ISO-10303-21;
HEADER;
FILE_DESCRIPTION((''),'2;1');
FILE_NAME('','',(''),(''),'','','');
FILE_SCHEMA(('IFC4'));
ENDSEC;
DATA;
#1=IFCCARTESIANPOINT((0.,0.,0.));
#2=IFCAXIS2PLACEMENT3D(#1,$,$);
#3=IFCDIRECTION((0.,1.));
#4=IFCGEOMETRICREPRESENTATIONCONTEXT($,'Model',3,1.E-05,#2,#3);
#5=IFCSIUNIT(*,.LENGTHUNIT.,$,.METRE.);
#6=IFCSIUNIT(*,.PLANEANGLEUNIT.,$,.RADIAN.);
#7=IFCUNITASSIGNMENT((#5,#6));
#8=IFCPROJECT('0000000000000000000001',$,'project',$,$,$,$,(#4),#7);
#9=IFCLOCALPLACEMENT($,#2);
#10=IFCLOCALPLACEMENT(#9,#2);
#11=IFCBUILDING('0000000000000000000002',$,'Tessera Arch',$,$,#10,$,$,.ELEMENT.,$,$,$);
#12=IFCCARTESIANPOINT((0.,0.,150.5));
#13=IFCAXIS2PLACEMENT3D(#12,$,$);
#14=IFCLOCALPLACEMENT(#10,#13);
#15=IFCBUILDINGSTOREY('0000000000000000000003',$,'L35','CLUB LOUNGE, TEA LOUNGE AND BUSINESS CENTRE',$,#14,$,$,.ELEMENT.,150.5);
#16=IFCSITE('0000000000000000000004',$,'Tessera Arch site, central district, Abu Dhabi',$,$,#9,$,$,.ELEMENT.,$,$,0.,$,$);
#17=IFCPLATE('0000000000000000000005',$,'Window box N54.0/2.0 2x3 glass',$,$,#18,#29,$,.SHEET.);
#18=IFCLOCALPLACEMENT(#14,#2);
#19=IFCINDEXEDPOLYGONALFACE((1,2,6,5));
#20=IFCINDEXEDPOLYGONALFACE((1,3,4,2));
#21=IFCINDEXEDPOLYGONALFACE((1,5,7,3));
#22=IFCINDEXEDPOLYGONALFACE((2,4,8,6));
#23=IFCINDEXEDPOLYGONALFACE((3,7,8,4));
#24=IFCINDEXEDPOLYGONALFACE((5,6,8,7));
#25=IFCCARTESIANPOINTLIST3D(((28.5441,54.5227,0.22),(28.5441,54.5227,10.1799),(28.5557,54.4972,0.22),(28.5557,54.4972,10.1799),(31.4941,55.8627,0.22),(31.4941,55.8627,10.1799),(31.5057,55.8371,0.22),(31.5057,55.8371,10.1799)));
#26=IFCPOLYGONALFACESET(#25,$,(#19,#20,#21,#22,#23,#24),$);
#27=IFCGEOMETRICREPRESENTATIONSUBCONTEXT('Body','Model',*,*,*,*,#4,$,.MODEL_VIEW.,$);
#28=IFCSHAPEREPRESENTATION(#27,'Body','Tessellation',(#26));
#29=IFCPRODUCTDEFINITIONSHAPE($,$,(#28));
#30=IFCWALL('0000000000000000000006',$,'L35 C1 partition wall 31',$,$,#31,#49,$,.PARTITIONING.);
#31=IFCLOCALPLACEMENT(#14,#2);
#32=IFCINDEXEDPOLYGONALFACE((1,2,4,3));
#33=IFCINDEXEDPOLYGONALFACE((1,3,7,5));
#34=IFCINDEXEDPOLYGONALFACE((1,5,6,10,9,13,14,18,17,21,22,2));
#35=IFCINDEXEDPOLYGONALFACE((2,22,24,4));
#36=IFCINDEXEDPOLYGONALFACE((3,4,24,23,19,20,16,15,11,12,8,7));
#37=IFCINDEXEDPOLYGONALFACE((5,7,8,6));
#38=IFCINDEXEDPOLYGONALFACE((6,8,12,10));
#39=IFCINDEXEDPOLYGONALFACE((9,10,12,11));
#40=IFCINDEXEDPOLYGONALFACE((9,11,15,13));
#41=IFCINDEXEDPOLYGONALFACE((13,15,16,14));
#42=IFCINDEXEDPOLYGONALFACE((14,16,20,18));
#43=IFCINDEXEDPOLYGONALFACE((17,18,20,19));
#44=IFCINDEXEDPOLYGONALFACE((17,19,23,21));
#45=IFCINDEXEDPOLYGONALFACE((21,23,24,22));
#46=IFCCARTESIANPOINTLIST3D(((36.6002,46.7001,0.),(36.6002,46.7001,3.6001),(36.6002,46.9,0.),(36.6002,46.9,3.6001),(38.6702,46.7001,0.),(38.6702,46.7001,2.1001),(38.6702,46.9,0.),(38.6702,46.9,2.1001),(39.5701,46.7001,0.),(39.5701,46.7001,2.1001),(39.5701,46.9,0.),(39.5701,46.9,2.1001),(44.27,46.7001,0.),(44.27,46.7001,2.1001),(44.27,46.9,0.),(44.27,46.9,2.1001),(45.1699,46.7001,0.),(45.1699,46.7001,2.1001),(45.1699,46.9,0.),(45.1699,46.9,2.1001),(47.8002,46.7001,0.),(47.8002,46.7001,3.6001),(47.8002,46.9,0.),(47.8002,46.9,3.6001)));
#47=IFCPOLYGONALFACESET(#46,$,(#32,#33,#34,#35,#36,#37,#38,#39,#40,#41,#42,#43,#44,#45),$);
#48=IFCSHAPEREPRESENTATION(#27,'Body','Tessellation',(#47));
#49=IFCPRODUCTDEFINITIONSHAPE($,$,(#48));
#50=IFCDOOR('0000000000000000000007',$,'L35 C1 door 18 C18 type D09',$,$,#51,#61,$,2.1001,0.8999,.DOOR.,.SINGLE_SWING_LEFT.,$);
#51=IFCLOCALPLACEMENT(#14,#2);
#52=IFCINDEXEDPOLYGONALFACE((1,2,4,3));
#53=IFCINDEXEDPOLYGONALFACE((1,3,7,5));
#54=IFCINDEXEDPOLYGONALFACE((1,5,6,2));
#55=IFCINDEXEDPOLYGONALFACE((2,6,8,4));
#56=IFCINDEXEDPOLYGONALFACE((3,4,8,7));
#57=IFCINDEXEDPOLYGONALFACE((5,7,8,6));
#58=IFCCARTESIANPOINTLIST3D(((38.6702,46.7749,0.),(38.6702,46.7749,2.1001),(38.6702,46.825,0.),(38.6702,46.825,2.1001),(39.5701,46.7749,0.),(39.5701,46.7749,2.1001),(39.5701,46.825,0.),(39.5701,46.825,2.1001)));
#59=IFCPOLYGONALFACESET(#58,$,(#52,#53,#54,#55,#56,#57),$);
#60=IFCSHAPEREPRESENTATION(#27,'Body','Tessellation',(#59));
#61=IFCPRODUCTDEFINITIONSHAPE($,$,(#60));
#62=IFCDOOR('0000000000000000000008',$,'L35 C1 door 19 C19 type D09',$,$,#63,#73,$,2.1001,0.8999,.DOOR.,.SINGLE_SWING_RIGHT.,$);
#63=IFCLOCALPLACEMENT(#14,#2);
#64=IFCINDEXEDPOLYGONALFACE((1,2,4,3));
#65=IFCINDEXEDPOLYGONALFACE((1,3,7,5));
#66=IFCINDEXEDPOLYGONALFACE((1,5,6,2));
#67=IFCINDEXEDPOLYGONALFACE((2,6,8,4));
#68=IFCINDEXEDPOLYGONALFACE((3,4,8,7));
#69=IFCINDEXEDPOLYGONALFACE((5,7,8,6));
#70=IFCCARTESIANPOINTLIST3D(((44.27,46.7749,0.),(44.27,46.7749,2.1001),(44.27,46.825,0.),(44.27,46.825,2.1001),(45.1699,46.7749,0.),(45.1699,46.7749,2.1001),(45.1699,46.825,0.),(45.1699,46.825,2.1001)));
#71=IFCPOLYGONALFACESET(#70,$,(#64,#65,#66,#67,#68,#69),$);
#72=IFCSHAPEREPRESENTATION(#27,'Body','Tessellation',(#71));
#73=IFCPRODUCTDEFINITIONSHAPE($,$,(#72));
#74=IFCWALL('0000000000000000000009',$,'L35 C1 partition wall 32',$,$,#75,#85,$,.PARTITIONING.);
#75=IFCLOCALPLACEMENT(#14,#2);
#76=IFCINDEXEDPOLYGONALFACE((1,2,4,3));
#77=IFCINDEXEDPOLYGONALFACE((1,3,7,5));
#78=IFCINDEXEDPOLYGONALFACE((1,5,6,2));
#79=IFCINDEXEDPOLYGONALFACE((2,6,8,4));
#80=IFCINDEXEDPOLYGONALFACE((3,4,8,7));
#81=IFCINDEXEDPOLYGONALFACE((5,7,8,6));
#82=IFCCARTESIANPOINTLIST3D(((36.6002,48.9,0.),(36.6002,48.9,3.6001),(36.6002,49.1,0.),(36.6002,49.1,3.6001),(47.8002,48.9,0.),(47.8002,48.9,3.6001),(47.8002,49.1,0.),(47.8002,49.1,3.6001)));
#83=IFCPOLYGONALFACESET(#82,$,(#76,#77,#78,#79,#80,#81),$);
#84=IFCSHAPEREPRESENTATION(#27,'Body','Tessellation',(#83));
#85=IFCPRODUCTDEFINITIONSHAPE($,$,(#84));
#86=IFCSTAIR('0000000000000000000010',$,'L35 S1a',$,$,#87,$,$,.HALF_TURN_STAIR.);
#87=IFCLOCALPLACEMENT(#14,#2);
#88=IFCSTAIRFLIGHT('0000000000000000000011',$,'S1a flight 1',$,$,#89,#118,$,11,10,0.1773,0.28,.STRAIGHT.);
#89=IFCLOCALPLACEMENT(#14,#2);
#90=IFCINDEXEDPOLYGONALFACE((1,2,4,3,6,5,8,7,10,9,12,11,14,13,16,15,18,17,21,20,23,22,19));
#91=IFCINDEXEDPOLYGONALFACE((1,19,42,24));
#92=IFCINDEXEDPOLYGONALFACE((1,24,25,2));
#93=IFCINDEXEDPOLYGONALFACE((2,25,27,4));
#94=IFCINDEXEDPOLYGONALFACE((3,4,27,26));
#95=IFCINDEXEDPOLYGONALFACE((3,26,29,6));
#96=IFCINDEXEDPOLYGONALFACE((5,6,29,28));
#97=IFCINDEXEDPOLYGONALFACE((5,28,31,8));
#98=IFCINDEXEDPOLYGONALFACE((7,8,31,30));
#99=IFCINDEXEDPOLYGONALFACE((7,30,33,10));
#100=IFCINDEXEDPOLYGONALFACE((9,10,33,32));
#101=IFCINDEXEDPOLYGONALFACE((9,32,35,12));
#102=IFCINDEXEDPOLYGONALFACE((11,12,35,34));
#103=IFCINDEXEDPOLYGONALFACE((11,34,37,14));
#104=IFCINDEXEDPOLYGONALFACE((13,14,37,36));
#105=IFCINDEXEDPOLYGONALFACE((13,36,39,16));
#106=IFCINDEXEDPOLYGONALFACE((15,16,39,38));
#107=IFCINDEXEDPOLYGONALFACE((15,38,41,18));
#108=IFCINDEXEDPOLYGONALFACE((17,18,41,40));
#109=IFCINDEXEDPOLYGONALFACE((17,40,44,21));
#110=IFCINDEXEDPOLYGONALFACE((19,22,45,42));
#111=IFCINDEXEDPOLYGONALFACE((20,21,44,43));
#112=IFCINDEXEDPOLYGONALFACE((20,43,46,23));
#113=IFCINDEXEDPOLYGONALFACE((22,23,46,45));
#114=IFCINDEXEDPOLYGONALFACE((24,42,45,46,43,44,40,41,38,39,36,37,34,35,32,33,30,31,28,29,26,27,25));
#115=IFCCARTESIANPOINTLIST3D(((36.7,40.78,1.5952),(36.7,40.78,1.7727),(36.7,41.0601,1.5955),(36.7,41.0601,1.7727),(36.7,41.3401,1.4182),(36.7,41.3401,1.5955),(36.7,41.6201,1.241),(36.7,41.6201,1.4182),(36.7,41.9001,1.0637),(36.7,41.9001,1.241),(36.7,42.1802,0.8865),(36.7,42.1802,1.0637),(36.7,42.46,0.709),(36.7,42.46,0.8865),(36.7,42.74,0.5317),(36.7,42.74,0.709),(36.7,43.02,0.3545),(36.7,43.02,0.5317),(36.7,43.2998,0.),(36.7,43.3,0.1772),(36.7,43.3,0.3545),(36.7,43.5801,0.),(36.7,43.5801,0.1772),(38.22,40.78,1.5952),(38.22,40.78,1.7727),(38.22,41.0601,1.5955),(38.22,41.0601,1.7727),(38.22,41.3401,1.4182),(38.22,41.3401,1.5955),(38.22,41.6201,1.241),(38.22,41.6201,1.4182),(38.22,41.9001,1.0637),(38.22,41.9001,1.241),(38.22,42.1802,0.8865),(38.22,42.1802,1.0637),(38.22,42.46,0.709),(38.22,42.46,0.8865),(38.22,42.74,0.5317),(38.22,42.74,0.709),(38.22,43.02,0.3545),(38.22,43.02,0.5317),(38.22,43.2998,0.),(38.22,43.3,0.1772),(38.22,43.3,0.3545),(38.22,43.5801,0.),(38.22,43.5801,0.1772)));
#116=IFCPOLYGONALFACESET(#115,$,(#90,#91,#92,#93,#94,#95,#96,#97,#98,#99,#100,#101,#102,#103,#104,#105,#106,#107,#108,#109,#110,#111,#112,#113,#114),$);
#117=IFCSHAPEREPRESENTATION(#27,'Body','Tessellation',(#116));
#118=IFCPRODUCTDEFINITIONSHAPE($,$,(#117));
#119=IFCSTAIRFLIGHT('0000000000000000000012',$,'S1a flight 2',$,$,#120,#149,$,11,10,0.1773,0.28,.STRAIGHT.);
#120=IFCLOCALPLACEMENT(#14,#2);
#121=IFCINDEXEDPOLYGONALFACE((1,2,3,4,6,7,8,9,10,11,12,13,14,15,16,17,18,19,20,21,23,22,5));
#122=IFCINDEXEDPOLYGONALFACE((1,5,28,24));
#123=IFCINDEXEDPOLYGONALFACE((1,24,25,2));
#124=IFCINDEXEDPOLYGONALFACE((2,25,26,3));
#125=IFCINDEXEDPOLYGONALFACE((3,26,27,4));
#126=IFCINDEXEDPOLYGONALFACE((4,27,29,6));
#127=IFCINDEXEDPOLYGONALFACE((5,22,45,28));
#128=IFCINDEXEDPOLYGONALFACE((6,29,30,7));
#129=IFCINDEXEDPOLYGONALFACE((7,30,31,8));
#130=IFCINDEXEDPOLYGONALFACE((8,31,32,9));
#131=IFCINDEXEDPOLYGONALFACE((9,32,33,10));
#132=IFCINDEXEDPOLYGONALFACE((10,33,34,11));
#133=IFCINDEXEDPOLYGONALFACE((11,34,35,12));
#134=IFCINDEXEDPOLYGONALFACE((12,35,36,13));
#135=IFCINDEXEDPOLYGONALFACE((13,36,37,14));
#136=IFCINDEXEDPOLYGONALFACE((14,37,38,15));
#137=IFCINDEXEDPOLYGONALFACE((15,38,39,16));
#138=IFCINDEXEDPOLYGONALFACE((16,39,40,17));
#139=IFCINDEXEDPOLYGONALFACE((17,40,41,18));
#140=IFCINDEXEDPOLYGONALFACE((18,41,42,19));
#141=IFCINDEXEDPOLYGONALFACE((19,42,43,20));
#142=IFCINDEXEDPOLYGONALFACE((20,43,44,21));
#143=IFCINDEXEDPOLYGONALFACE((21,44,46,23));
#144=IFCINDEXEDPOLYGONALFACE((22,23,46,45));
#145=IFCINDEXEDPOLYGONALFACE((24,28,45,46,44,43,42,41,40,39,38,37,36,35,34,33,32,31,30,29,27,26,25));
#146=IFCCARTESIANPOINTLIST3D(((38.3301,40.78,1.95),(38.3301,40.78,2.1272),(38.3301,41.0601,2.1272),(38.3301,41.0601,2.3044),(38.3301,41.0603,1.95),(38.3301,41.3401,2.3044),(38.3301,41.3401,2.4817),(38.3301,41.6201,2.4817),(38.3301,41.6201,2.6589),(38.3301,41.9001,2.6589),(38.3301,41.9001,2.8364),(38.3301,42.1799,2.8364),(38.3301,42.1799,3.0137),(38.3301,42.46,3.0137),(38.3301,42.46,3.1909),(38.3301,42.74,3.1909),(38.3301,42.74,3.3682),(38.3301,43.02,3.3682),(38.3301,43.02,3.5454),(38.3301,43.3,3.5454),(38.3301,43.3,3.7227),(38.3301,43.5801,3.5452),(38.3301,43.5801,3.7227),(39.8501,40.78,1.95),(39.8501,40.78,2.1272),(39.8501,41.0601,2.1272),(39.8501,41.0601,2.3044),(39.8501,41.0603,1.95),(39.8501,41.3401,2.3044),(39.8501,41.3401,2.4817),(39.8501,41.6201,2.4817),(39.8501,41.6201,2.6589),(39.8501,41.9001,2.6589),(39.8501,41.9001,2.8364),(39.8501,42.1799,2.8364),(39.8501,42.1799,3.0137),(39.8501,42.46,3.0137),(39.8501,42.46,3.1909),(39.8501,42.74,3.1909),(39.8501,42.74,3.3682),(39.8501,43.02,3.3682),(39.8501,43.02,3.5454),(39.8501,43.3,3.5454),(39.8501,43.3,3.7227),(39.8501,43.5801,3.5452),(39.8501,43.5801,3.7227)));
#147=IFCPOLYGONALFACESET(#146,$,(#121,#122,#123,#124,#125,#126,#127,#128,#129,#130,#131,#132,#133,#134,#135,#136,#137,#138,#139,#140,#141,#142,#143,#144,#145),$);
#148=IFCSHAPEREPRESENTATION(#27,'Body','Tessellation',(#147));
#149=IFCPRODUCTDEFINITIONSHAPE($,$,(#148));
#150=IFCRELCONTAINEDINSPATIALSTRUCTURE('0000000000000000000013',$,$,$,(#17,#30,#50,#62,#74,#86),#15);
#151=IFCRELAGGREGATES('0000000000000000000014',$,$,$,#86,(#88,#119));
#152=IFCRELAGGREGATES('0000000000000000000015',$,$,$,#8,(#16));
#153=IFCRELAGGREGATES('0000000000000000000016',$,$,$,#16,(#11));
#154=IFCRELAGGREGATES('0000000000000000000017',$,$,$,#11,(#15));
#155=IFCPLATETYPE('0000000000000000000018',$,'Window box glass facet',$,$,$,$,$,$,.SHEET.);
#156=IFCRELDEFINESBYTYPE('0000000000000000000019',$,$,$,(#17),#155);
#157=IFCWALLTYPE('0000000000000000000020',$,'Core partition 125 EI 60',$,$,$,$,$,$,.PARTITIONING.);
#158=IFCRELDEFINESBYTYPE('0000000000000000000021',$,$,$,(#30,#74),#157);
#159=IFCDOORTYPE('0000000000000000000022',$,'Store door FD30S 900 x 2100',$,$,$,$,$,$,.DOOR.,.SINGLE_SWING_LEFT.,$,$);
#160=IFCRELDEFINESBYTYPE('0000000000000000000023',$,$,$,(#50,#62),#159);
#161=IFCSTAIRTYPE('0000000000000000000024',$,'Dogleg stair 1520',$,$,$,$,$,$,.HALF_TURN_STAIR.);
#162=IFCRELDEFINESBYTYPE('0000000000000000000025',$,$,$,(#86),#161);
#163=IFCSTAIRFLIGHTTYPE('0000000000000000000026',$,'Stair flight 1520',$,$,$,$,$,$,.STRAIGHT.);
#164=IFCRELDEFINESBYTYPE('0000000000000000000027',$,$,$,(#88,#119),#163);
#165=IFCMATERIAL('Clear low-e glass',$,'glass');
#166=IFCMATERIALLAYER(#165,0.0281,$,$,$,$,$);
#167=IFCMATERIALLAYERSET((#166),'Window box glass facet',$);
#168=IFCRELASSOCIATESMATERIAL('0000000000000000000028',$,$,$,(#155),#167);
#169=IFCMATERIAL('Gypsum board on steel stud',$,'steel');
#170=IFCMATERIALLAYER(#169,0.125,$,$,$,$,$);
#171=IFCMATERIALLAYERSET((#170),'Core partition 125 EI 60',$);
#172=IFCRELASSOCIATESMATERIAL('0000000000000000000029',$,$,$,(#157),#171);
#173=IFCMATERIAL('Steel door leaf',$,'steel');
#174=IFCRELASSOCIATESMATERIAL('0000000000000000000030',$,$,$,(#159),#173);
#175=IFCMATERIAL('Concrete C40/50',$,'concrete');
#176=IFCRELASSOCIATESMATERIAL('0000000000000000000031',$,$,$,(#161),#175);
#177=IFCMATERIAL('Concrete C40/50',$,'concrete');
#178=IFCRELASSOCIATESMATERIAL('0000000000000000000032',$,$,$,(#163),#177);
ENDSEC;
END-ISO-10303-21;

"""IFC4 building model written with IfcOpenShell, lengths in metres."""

from ifc_helpers import new_model, si_unit, direction, frame, frame_2d, origin, origin_2d, place, context, subcontext, project, spatial, polyline, rectangle, outline, extrude, material, layer, layer_set, type_object, element, fill, aggregate, save


model = new_model("IFC4")

# Units and contexts
model_context = context("Model", 3, precision=1e-05, world=origin(), true_north=direction((0.0, 1.0)))
body_context = subcontext(model_context, "Body", "Model", "MODEL_VIEW")
ifc_project = project(units=[si_unit("LENGTHUNIT", "METRE"), si_unit("PLANEANGLEUNIT", "RADIAN")], contexts=[model_context])

# Site, building, storey
site_placement = place(None, origin())
site = spatial("IfcSite", under=ifc_project, at=site_placement, Name="Tessera Arch site, central district, Abu Dhabi", CompositionType="ELEMENT", RefElevation=0.0)
building_placement = place(site_placement, origin())
building = spatial("IfcBuilding", under=site, at=building_placement, Name="Tessera Arch", CompositionType="ELEMENT")
storey_placement = place(building_placement, frame((0.0, 0.0, 150.5)))
storey = spatial("IfcBuildingStorey", under=building, at=storey_placement, Name="L35", Description="CLUB LOUNGE, TEA LOUNGE AND BUSINESS CENTRE", CompositionType="ELEMENT", Elevation=150.5)

# Plate
ifc_material_1 = material(Name="Clear low-e glass", Category="glass")
ifc_layer_1 = layer(ifc_material_1, 0.0281)
ifc_layer_set_1 = layer_set([ifc_layer_1], Name="Window box glass facet")
plate_type_1 = type_object("IfcPlateType", Name="Window box glass facet", PredefinedType="SHEET", material=ifc_layer_set_1)
for number, where, z_axis, x_axis, name in (
    (1, (30.0249, 55.1799, 0.22), (0.0, 0.0, 1.0), (0.910472, 0.41357, 0.0), "Window box N54.0/2.0 2x3 glass"),
):
    element("IfcPlate", number, at=place(storey_placement, frame(where, z_axis=z_axis, x_axis=x_axis)), inside=storey, type_object=plate_type_1, Name=name, PredefinedType="SHEET", context=body_context, shape_type="SweptSolid", body=[
        extrude(rectangle(XDim=3.24, YDim=0.0281, at=origin_2d()), origin(), (0.0, 0.0, 1.0), 9.96),
    ])

# Wall, openings, doors
ifc_material_2 = material(Name="Gypsum board on steel stud", Category="steel")
ifc_layer_2 = layer(ifc_material_2, 0.125)
ifc_layer_set_2 = layer_set([ifc_layer_2], Name="Core partition 125 EI 60")
wall_type = type_object("IfcWallType", Name="Core partition 125 EI 60", PredefinedType="PARTITIONING", material=ifc_layer_set_2)
wall_1_placement = place(storey_placement, frame((36.6001, 46.8, 0.0), z_axis=(0.0, 0.0, 1.0), x_axis=(1.0, 0.0, 0.0)))
wall_1 = element("IfcWall", 2, at=wall_1_placement, inside=storey, type_object=wall_type, Name="L35 C1 partition wall 31", PredefinedType="PARTITIONING", context=body_context, shape_type="SweptSolid", body=[
    extrude(rectangle(XDim=11.2, YDim=0.2, at=frame_2d((5.6001, 0.0))), origin(), (0.0, 0.0, 1.0), 3.6001),
])
opening_1_placement = place(wall_1_placement, frame((2.0701, 0.0, 0.0)))
opening_1 = element("IfcOpeningElement", 3, at=opening_1_placement, cuts=wall_1, PredefinedType="OPENING", context=body_context, shape_type="SweptSolid", body=[
    extrude(rectangle(XDim=0.8999, YDim=2.1001, at=frame_2d((0.45, 1.05))), frame((0.0, 0.1099, 0.0), z_axis=(0.0, -1.0, 0.0), x_axis=(1.0, 0.0, 0.0)), (0.0, 0.0, 1.0), 0.22),
])
opening_2_placement = place(wall_1_placement, frame((7.6699, 0.0, 0.0)))
opening_2 = element("IfcOpeningElement", 4, at=opening_2_placement, cuts=wall_1, PredefinedType="OPENING", context=body_context, shape_type="SweptSolid", body=[
    extrude(rectangle(XDim=0.8999, YDim=2.1001, at=frame_2d((0.45, 1.05))), frame((0.0, 0.1099, 0.0), z_axis=(0.0, -1.0, 0.0), x_axis=(1.0, 0.0, 0.0)), (0.0, 0.0, 1.0), 0.22),
])
ifc_material_3 = material(Name="Steel door leaf", Category="steel")
door_type = type_object("IfcDoorType", Name="Store door FD30S 900 x 2100", OperationType="SINGLE_SWING_LEFT", PredefinedType="DOOR", material=ifc_material_3)
door_1_placement = place(opening_1_placement, origin())
door_1 = element("IfcDoor", 5, at=door_1_placement, inside=storey, type_object=door_type, Name="L35 C1 door 18 C18 type D09", OperationType="SINGLE_SWING_LEFT", OverallHeight=2.1001, OverallWidth=0.8999, PredefinedType="DOOR", context=body_context, shape_type="SweptSolid", body=[
    extrude(rectangle(XDim=0.8999, YDim=2.1001, at=frame_2d((0.45, 1.05))), frame((0.0, 0.0249, 0.0), z_axis=(0.0, -1.0, 0.0), x_axis=(1.0, 0.0, 0.0)), (0.0, 0.0, 1.0), 0.05),
])
fill(opening_1, door_1)
door_2_placement = place(opening_2_placement, origin())
door_2 = element("IfcDoor", 6, at=door_2_placement, inside=storey, type_object=door_type, Name="L35 C1 door 19 C19 type D09", OperationType="SINGLE_SWING_RIGHT", OverallHeight=2.1001, OverallWidth=0.8999, PredefinedType="DOOR", context=body_context, shape_type="SweptSolid", body=[
    extrude(rectangle(XDim=0.8999, YDim=2.1001, at=frame_2d((0.45, 1.05))), frame((0.0, 0.0249, 0.0), z_axis=(0.0, -1.0, 0.0), x_axis=(1.0, 0.0, 0.0)), (0.0, 0.0, 1.0), 0.05),
])
fill(opening_2, door_2)

# Wall
wall_2_placement = place(storey_placement, frame((36.6001, 49.0, 0.0), z_axis=(0.0, 0.0, 1.0), x_axis=(1.0, 0.0, 0.0)))
element("IfcWall", 7, at=wall_2_placement, inside=storey, type_object=wall_type, Name="L35 C1 partition wall 32", PredefinedType="PARTITIONING", context=body_context, shape_type="SweptSolid", body=[
    extrude(rectangle(XDim=11.2, YDim=0.2, at=frame_2d((5.6001, 0.0))), origin(), (0.0, 0.0, 1.0), 3.6001),
])

# Stair, stair flights
ifc_material_4 = material(Name="Concrete C40/50", Category="concrete")
stair_type = type_object("IfcStairType", Name="Dogleg stair 1520", PredefinedType="HALF_TURN_STAIR", material=ifc_material_4)
stair_placement = place(storey_placement, origin())
stair = element("IfcStair", 8, at=stair_placement, inside=storey, type_object=stair_type, Name="L35 S1a", PredefinedType="HALF_TURN_STAIR")
ifc_material_5 = material(Name="Concrete C40/50", Category="concrete")
stair_flight_type = type_object("IfcStairFlightType", Name="Stair flight 1520", PredefinedType="STRAIGHT", material=ifc_material_5)
stair_flight_1_placement = place(storey_placement, frame((37.46, 43.5801, 0.0), z_axis=(0.0, 0.0, 1.0), x_axis=(0.0, -1.0, 0.0)))
stair_flight_1 = element("IfcStairFlight", 9, at=stair_flight_1_placement, type_object=stair_flight_type, Name="S1a flight 1", NumberOfRisers=11, NumberOfTreads=10, PredefinedType="STRAIGHT", RiserHeight=0.1773, TreadLength=0.28, context=body_context, shape_type="SweptSolid", body=[
    extrude(outline(polyline([(0.0, 0.0), (0.0, 0.1772), (0.28, 0.1772), (0.28, 0.3545), (0.5601, 0.3545), (0.5601, 0.5317), (0.8401, 0.5317), (0.8401, 0.709), (1.1201, 0.709), (1.1201, 0.8865), (1.3999, 0.8865), (1.3999, 1.0637), (1.6799, 1.0637), (1.6799, 1.241), (1.96, 1.241), (1.96, 1.4182), (2.24, 1.4182), (2.24, 1.5955), (2.52, 1.5955), (2.52, 1.7727), (2.8, 1.7727), (2.8, 1.95), (2.8, 1.5952), (0.2803, 0.0), (0.0, 0.0)])), frame((0.0, 0.76, 0.0), z_axis=(0.0, -1.0, 0.0), x_axis=(1.0, 0.0, 0.0)), (0.0, 0.0, 1.0), 1.52),
])
stair_flight_2_placement = place(storey_placement, frame((39.0901, 40.78, 1.95), z_axis=(0.0, 0.0, 1.0), x_axis=(0.0, 1.0, 0.0)))
stair_flight_2 = element("IfcStairFlight", 10, at=stair_flight_2_placement, type_object=stair_flight_type, Name="S1a flight 2", NumberOfRisers=11, NumberOfTreads=10, PredefinedType="STRAIGHT", RiserHeight=0.1773, TreadLength=0.28, context=body_context, shape_type="SweptSolid", body=[
    extrude(outline(polyline([(0.0, 0.0), (0.0, 0.1772), (0.28, 0.1772), (0.28, 0.3545), (0.5601, 0.3545), (0.5601, 0.5317), (0.8401, 0.5317), (0.8401, 0.709), (1.1201, 0.709), (1.1201, 0.8865), (1.3999, 0.8865), (1.3999, 1.0637), (1.6799, 1.0637), (1.6799, 1.241), (1.96, 1.241), (1.96, 1.4182), (2.24, 1.4182), (2.24, 1.5955), (2.52, 1.5955), (2.52, 1.7727), (2.8, 1.7727), (2.8, 1.95), (2.8, 1.5952), (0.2803, 0.0), (0.0, 0.0)])), frame((0.0, 0.76, 0.0), z_axis=(0.0, -1.0, 0.0), x_axis=(1.0, 0.0, 0.0)), (0.0, 0.0, 1.0), 1.52),
])
aggregate(stair, [stair_flight_1, stair_flight_2])

save(model, "model.ifc")
